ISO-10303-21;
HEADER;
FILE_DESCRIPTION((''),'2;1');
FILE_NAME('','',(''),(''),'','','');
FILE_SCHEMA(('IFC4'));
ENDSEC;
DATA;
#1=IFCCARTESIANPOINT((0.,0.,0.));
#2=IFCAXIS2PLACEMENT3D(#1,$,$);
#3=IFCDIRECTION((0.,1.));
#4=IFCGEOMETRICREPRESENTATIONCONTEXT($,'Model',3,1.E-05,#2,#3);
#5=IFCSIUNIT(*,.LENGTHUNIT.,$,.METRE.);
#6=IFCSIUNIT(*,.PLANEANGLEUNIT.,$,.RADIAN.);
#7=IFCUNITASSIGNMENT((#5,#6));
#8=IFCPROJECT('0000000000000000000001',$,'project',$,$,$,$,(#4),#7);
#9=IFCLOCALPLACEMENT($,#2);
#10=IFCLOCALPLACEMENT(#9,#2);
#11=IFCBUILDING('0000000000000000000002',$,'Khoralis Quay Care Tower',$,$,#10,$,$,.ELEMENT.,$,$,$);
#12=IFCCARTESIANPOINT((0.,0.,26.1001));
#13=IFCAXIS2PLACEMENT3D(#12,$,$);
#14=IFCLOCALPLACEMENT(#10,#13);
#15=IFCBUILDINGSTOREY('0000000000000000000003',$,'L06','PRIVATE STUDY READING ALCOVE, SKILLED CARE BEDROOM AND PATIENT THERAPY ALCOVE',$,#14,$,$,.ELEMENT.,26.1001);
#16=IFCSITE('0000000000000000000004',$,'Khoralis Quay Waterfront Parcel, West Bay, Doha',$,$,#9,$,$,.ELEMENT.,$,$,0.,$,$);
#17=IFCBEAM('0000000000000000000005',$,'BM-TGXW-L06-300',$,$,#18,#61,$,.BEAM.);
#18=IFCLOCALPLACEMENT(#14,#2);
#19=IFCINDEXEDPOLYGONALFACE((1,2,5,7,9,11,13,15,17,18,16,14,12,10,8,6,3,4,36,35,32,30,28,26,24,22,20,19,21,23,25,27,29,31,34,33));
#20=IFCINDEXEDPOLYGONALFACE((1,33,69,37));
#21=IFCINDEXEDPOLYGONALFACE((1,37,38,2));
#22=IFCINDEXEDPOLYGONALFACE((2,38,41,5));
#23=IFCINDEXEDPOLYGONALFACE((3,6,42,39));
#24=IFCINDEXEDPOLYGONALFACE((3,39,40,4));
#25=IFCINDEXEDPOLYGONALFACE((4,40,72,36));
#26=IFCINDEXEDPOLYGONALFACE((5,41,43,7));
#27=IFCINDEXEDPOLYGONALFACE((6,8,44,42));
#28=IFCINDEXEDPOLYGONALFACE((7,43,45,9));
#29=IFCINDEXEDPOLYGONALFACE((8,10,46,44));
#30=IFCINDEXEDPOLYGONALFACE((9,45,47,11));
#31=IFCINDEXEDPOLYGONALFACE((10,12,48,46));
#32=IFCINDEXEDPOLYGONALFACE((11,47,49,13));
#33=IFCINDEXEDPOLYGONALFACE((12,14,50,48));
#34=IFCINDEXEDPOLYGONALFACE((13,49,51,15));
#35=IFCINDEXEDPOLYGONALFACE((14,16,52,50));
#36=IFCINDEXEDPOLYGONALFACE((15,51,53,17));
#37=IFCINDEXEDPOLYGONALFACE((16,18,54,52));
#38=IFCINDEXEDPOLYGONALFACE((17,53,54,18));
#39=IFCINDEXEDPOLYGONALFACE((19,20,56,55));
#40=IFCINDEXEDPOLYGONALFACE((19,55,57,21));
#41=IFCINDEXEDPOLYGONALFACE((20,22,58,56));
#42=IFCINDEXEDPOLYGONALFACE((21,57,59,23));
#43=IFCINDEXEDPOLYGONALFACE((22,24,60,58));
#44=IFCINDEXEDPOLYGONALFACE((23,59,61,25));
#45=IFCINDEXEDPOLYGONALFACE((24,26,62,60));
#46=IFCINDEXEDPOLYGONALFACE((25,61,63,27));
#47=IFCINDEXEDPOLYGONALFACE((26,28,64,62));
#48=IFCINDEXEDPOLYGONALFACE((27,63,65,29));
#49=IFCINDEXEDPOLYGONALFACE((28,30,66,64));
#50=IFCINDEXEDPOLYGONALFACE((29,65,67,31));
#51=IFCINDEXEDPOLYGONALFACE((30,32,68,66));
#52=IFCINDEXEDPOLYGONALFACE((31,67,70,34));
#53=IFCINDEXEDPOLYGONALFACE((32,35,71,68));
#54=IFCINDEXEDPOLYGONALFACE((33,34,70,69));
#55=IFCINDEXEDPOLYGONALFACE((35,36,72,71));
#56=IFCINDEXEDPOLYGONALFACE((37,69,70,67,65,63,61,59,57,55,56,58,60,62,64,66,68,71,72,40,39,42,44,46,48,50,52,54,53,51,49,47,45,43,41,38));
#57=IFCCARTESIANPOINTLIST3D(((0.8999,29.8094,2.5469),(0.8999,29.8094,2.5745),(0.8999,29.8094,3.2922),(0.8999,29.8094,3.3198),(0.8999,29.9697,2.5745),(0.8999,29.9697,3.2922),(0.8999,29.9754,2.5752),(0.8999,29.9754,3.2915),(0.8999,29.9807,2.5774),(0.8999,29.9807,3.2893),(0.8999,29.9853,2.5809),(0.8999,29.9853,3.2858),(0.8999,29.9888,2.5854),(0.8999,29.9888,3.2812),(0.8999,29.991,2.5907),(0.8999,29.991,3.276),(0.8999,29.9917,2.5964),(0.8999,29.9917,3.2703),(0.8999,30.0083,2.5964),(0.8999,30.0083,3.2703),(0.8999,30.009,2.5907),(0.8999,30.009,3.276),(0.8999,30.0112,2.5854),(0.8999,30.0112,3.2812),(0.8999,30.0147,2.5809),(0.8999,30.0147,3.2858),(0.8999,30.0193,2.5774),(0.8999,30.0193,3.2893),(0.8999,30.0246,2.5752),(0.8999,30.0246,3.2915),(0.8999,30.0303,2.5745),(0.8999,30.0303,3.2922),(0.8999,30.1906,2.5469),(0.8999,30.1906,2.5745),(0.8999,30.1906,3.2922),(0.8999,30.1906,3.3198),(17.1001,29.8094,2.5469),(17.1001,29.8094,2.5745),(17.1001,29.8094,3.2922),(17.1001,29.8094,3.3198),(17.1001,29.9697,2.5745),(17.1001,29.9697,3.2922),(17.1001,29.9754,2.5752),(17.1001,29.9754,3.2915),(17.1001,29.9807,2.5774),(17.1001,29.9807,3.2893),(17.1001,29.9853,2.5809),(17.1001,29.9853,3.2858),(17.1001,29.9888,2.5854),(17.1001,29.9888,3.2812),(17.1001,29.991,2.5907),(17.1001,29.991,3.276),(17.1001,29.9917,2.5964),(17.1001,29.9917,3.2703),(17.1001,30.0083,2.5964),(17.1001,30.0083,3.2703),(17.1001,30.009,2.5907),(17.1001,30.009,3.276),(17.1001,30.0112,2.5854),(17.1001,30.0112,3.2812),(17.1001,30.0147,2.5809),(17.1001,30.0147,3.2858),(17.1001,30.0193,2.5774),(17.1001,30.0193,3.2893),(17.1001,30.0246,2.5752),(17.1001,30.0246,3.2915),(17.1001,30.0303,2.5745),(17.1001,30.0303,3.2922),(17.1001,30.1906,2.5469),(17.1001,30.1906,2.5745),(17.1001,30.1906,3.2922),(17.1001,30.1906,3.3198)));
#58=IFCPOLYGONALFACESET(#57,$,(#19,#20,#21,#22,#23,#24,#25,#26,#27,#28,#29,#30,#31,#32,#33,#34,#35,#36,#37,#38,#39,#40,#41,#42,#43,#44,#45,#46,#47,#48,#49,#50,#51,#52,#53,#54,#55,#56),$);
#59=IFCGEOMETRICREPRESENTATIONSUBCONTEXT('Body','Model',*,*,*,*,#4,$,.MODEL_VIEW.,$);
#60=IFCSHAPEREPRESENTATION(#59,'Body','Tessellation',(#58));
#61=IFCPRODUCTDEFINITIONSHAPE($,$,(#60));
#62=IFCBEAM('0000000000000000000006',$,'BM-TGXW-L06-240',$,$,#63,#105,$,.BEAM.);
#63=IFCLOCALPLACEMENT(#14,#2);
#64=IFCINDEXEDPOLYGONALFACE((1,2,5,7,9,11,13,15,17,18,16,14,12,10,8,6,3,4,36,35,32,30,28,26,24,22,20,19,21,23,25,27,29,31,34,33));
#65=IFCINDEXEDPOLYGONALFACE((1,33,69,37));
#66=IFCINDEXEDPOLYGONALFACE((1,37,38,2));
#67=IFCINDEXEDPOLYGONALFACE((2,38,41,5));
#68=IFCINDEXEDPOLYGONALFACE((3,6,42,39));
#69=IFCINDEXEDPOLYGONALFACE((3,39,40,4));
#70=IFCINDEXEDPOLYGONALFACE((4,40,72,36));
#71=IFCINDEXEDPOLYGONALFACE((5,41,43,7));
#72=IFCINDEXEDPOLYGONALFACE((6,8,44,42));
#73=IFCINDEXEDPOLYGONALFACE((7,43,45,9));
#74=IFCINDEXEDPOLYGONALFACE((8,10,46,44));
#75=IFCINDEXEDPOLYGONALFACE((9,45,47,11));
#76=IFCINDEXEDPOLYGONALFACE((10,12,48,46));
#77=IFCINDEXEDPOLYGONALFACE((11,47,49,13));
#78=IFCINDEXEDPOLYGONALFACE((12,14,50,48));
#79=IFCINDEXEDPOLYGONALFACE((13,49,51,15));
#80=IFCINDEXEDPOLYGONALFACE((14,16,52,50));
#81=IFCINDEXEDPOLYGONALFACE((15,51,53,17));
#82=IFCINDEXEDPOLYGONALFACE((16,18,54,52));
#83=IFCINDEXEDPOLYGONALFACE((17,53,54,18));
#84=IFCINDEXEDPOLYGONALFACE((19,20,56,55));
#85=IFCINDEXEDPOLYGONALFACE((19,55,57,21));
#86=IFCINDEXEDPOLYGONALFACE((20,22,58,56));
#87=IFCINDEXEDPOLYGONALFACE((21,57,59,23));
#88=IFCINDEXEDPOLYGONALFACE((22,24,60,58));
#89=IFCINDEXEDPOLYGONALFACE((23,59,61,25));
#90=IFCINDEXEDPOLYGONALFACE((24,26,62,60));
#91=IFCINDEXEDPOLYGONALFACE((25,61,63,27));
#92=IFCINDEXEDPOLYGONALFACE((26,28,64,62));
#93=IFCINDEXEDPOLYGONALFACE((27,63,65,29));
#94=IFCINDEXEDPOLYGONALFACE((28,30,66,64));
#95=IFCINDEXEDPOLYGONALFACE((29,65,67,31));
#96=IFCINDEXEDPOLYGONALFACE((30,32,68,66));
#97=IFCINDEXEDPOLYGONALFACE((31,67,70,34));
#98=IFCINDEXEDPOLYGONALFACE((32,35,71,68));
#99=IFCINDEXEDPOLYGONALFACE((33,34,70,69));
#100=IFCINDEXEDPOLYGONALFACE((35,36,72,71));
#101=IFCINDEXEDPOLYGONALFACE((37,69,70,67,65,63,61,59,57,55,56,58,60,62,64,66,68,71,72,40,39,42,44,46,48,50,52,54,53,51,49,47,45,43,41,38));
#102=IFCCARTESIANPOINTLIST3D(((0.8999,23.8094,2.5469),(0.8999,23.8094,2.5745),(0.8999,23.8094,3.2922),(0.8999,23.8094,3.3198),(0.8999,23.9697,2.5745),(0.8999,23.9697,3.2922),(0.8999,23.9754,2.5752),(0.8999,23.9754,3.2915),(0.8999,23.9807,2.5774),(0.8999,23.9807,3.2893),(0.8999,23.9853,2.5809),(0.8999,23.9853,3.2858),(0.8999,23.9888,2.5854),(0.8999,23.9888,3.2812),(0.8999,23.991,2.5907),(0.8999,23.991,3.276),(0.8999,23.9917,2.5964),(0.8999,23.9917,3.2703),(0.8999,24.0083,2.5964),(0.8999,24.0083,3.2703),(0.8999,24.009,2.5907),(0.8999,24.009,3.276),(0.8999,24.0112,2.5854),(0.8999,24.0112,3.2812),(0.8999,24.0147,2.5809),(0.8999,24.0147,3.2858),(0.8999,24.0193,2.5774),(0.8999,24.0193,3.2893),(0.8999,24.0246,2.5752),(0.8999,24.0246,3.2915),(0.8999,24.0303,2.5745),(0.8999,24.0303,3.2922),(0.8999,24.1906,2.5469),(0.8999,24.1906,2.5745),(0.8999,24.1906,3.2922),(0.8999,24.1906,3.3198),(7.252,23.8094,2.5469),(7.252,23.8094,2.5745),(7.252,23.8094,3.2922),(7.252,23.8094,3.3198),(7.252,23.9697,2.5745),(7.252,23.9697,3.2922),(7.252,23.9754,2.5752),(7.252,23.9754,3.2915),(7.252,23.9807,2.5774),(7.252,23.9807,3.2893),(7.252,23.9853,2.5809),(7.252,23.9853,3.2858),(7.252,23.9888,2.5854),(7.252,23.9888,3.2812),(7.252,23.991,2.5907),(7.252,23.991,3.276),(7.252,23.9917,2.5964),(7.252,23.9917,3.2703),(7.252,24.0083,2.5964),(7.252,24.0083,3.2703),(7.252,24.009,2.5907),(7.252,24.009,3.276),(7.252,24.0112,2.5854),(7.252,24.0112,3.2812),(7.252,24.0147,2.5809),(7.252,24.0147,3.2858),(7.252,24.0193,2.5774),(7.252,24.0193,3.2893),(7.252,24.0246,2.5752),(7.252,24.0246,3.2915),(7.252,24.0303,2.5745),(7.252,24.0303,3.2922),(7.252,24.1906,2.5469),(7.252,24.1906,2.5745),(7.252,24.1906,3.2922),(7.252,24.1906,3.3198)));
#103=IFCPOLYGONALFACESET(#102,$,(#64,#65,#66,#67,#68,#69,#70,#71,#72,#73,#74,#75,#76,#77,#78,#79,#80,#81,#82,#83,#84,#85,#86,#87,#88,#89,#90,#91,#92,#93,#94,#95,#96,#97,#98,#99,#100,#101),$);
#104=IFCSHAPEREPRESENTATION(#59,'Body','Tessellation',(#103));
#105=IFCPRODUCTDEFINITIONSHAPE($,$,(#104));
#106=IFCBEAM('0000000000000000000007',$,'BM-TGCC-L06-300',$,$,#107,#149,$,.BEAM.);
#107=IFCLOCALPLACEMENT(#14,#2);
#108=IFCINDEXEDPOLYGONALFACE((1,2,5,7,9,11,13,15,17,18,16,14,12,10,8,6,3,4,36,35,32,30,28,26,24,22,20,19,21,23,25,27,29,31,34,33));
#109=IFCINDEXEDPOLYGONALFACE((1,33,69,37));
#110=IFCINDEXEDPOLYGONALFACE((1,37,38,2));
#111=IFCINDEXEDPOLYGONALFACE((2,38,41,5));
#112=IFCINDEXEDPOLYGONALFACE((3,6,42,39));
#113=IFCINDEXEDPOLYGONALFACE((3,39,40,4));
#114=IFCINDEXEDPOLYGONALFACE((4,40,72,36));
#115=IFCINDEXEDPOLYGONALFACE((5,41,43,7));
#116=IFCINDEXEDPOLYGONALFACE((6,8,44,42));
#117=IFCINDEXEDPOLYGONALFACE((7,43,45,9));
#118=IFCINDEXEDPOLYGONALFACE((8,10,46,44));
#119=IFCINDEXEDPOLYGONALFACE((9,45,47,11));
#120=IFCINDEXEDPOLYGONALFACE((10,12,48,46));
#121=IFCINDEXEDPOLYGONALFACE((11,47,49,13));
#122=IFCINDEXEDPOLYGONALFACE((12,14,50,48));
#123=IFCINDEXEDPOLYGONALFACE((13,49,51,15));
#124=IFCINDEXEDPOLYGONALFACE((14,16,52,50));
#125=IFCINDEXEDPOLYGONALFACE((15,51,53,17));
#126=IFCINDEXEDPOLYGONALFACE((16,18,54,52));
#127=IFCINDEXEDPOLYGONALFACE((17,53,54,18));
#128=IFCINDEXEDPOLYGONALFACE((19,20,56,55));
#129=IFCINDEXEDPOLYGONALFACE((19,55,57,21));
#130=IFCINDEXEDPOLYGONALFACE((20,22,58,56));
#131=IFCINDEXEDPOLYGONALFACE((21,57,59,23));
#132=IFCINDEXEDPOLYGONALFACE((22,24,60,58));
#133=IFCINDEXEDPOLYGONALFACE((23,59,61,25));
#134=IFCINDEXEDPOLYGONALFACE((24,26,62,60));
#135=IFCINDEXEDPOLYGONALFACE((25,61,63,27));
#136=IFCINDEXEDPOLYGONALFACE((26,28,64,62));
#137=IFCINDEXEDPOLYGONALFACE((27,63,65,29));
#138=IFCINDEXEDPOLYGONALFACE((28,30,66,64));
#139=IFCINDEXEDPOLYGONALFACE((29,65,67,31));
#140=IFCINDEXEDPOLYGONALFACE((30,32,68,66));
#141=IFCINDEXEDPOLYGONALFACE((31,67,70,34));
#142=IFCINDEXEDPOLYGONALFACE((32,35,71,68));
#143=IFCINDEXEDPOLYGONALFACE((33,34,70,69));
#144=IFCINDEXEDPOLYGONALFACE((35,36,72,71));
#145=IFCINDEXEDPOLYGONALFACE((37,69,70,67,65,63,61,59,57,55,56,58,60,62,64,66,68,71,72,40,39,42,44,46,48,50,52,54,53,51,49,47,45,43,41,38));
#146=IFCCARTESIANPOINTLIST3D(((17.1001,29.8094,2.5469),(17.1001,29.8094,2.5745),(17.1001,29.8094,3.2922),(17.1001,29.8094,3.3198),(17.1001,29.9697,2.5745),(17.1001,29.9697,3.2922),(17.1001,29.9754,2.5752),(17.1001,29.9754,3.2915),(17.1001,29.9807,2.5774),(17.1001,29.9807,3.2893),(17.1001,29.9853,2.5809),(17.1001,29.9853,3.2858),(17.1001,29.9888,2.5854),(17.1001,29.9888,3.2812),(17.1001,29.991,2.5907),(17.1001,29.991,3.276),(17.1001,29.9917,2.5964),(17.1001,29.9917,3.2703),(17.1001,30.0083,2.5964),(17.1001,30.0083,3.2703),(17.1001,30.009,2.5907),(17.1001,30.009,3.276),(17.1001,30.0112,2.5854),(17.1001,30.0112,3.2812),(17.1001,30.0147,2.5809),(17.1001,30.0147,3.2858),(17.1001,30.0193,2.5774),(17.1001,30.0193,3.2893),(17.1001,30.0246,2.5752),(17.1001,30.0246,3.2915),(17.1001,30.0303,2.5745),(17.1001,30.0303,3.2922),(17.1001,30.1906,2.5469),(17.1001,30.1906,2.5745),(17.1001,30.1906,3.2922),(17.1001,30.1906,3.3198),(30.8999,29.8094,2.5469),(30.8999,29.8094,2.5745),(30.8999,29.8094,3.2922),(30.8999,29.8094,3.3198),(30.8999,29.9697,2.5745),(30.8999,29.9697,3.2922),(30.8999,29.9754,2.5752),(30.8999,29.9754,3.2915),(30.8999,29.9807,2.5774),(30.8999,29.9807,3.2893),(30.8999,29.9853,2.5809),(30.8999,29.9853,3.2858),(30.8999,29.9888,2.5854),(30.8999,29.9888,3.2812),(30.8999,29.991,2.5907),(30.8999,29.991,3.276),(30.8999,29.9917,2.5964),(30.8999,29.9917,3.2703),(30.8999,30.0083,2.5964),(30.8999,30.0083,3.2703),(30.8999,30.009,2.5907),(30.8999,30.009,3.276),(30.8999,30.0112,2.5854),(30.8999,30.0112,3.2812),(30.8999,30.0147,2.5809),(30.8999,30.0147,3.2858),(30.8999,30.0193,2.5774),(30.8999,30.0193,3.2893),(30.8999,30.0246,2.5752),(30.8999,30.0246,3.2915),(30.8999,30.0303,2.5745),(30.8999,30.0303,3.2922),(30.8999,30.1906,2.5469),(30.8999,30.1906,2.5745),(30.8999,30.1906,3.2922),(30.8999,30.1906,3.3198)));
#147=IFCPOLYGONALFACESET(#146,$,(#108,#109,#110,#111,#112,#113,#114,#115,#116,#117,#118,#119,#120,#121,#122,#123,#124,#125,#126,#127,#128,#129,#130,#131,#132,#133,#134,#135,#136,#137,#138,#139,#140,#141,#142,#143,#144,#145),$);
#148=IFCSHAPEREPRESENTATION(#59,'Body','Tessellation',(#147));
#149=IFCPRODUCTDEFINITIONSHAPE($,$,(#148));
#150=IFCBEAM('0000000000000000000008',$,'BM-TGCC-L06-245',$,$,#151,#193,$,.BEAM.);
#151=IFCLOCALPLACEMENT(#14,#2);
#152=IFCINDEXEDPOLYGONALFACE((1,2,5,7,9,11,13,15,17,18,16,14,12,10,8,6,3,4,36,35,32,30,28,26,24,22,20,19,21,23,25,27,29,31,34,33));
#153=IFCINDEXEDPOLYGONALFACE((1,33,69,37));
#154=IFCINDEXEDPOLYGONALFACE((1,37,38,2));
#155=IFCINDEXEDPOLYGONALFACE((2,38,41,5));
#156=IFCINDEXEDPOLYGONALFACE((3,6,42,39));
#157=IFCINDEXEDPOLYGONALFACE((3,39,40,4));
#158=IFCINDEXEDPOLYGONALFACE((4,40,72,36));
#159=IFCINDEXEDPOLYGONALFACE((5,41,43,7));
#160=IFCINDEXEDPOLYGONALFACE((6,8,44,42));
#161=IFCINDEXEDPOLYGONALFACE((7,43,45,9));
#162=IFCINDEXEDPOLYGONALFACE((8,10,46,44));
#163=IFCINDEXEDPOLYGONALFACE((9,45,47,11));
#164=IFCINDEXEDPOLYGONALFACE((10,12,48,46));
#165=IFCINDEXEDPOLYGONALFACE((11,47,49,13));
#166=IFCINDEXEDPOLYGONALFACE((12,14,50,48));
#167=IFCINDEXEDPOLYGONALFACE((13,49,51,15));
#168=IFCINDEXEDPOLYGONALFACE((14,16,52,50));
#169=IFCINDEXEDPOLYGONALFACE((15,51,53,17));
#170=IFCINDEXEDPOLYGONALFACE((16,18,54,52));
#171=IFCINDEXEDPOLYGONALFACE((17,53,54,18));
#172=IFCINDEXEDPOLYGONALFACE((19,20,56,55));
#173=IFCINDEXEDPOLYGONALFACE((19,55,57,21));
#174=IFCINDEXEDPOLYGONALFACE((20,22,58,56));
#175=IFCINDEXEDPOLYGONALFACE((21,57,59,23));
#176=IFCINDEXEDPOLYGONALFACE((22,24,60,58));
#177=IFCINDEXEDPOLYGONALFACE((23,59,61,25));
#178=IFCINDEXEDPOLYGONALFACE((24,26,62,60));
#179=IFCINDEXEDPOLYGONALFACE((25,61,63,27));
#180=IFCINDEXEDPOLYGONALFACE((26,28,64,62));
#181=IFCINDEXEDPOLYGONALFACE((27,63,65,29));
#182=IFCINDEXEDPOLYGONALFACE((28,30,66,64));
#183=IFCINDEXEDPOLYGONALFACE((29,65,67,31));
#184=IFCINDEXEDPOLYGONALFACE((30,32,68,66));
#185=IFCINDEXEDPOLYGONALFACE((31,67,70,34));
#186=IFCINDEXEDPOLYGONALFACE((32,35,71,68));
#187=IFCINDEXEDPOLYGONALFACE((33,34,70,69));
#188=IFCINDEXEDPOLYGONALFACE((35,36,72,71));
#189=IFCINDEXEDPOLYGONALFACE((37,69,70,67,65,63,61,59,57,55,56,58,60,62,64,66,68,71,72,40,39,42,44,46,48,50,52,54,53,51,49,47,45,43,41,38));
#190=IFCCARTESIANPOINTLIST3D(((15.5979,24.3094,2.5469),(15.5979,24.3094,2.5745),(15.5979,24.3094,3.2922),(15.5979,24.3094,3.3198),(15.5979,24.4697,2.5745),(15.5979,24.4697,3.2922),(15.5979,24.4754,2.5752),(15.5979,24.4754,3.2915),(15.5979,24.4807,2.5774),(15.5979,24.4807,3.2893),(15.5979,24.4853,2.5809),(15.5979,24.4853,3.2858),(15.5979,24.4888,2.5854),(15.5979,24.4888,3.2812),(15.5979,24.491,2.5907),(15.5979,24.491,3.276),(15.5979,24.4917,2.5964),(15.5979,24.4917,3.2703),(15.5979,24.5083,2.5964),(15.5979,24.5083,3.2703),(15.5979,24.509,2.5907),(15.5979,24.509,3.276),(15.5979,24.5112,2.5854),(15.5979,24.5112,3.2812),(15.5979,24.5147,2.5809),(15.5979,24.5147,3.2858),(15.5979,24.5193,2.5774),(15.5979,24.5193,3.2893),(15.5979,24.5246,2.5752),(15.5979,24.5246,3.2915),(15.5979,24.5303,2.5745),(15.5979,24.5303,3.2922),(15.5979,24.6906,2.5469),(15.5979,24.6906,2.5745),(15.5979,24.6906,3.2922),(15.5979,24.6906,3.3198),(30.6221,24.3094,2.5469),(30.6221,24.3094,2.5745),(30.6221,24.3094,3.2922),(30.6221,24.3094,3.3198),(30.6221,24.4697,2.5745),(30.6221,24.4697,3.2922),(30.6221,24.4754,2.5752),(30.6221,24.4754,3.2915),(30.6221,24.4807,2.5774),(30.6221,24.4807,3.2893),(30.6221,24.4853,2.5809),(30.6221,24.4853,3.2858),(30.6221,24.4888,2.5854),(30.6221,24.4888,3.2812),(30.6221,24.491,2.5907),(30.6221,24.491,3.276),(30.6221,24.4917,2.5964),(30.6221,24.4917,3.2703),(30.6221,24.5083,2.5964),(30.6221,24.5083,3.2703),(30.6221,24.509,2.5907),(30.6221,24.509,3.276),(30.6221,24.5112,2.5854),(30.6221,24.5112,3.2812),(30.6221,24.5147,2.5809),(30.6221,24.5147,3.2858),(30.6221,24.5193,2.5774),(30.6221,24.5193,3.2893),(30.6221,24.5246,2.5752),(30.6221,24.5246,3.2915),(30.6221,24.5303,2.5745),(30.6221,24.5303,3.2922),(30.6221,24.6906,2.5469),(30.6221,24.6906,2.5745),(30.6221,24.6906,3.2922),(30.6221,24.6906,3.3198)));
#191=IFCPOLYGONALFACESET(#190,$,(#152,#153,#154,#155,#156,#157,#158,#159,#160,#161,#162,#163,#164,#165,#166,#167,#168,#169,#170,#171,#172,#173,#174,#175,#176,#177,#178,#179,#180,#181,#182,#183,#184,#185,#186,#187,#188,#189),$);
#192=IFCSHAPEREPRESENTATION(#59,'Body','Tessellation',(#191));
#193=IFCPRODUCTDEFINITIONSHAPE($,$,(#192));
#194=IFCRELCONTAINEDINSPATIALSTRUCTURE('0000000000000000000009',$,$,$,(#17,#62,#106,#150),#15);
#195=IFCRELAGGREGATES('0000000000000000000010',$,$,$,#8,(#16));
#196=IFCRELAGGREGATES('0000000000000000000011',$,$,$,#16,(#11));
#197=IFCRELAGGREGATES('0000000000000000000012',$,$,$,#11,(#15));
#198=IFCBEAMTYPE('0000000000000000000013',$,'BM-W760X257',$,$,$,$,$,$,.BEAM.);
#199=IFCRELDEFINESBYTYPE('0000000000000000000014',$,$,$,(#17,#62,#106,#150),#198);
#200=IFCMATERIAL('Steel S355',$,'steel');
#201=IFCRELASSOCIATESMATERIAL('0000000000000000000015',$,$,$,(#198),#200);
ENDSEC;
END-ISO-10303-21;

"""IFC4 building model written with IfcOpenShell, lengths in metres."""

from ifc_helpers import new_model, si_unit, direction, frame, origin, origin_2d, place, context, subcontext, project, spatial, i_section, extrude, source, transform, mapped, material, material_profile, profile_set, type_object, element, save


model = new_model("IFC4")

# Units and contexts
model_context = context("Model", 3, precision=1e-05, world=origin(), true_north=direction((0.0, 1.0)))
body_context = subcontext(model_context, "Body", "Model", "MODEL_VIEW")
ifc_project = project(units=[si_unit("LENGTHUNIT", "METRE"), si_unit("PLANEANGLEUNIT", "RADIAN")], contexts=[model_context])

# Site, building, storey
site_placement = place(None, origin())
site = spatial("IfcSite", under=ifc_project, at=site_placement, Name="Khoralis Quay Waterfront Parcel, West Bay, Doha", CompositionType="ELEMENT", RefElevation=0.0)
building_placement = place(site_placement, origin())
building = spatial("IfcBuilding", under=site, at=building_placement, Name="Khoralis Quay Care Tower", CompositionType="ELEMENT")
storey_placement = place(building_placement, frame((0.0, 0.0, 26.1001)))
storey = spatial("IfcBuildingStorey", under=building, at=storey_placement, Name="L06", Description="PRIVATE STUDY READING ALCOVE, SKILLED CARE BEDROOM AND PATIENT THERAPY ALCOVE", CompositionType="ELEMENT", Elevation=26.1001)

# Beams
ifc_material_1 = material(Name="Steel S355", Category="steel")
ifc_material_profile_1 = material_profile(ifc_material_1, i_section(OverallWidth=0.3811, OverallDepth=0.7729, WebThickness=0.0166, FlangeThickness=0.0276, FilletRadius=0.022, at=origin_2d()), Name="Steel S355")
ifc_profile_set_1 = profile_set([ifc_material_profile_1], Name="Steel S355")
beam_type_1 = type_object("IfcBeamType", Name="BM-W760X257", PredefinedType="BEAM", material=ifc_profile_set_1)
shared_shape_1 = source(origin(), body_context, "Body", "SweptSolid", [
    extrude(i_section(OverallWidth=0.3811, OverallDepth=0.7729, WebThickness=0.0166, FlangeThickness=0.0276, FilletRadius=0.022, at=origin_2d()), origin(), (0.0, 0.0, 1.0), 16.2002),
])
beam_1_placement = place(storey_placement, frame((0.8999, 30.0, 2.9333), z_axis=(1.0, 0.0, 0.0), x_axis=(0.0, 1.0, 0.0)))
element("IfcBeam", 1, at=beam_1_placement, inside=storey, type_object=beam_type_1, Name="BM-TGXW-L06-300", PredefinedType="BEAM", context=body_context, shape_type="MappedRepresentation", body=[
    mapped(shared_shape_1, transform((0.0, 0.0, 0.0), scale=1.0)),
])
shared_shape_2 = source(origin(), body_context, "Body", "SweptSolid", [
    extrude(i_section(OverallWidth=0.3811, OverallDepth=0.7729, WebThickness=0.0166, FlangeThickness=0.0276, FilletRadius=0.022, at=origin_2d()), origin(), (0.0, 0.0, 1.0), 6.3521),
])
beam_2_placement = place(storey_placement, frame((0.8999, 24.0, 2.9333), z_axis=(1.0, 0.0, 0.0), x_axis=(0.0, 1.0, 0.0)))
element("IfcBeam", 2, at=beam_2_placement, inside=storey, type_object=beam_type_1, Name="BM-TGXW-L06-240", PredefinedType="BEAM", context=body_context, shape_type="MappedRepresentation", body=[
    mapped(shared_shape_2, transform((0.0, 0.0, 0.0), scale=1.0)),
])
shared_shape_3 = source(origin(), body_context, "Body", "SweptSolid", [
    extrude(i_section(OverallWidth=0.3811, OverallDepth=0.7729, WebThickness=0.0166, FlangeThickness=0.0276, FilletRadius=0.022, at=origin_2d()), origin(), (0.0, 0.0, 1.0), 13.7998),
])
beam_3_placement = place(storey_placement, frame((17.1001, 30.0, 2.9333), z_axis=(1.0, 0.0, 0.0), x_axis=(0.0, 1.0, 0.0)))
element("IfcBeam", 3, at=beam_3_placement, inside=storey, type_object=beam_type_1, Name="BM-TGCC-L06-300", PredefinedType="BEAM", context=body_context, shape_type="MappedRepresentation", body=[
    mapped(shared_shape_3, transform((0.0, 0.0, 0.0), scale=1.0)),
])
shared_shape_4 = source(origin(), body_context, "Body", "SweptSolid", [
    extrude(i_section(OverallWidth=0.3811, OverallDepth=0.7729, WebThickness=0.0166, FlangeThickness=0.0276, FilletRadius=0.022, at=origin_2d()), origin(), (0.0, 0.0, 1.0), 15.0242),
])
beam_4_placement = place(storey_placement, frame((15.5979, 24.5, 2.9333), z_axis=(1.0, 0.0, 0.0), x_axis=(0.0, 1.0, 0.0)))
element("IfcBeam", 4, at=beam_4_placement, inside=storey, type_object=beam_type_1, Name="BM-TGCC-L06-245", PredefinedType="BEAM", context=body_context, shape_type="MappedRepresentation", body=[
    mapped(shared_shape_4, transform((0.0, 0.0, 0.0), scale=1.0)),
])

save(model, "model.ifc")
